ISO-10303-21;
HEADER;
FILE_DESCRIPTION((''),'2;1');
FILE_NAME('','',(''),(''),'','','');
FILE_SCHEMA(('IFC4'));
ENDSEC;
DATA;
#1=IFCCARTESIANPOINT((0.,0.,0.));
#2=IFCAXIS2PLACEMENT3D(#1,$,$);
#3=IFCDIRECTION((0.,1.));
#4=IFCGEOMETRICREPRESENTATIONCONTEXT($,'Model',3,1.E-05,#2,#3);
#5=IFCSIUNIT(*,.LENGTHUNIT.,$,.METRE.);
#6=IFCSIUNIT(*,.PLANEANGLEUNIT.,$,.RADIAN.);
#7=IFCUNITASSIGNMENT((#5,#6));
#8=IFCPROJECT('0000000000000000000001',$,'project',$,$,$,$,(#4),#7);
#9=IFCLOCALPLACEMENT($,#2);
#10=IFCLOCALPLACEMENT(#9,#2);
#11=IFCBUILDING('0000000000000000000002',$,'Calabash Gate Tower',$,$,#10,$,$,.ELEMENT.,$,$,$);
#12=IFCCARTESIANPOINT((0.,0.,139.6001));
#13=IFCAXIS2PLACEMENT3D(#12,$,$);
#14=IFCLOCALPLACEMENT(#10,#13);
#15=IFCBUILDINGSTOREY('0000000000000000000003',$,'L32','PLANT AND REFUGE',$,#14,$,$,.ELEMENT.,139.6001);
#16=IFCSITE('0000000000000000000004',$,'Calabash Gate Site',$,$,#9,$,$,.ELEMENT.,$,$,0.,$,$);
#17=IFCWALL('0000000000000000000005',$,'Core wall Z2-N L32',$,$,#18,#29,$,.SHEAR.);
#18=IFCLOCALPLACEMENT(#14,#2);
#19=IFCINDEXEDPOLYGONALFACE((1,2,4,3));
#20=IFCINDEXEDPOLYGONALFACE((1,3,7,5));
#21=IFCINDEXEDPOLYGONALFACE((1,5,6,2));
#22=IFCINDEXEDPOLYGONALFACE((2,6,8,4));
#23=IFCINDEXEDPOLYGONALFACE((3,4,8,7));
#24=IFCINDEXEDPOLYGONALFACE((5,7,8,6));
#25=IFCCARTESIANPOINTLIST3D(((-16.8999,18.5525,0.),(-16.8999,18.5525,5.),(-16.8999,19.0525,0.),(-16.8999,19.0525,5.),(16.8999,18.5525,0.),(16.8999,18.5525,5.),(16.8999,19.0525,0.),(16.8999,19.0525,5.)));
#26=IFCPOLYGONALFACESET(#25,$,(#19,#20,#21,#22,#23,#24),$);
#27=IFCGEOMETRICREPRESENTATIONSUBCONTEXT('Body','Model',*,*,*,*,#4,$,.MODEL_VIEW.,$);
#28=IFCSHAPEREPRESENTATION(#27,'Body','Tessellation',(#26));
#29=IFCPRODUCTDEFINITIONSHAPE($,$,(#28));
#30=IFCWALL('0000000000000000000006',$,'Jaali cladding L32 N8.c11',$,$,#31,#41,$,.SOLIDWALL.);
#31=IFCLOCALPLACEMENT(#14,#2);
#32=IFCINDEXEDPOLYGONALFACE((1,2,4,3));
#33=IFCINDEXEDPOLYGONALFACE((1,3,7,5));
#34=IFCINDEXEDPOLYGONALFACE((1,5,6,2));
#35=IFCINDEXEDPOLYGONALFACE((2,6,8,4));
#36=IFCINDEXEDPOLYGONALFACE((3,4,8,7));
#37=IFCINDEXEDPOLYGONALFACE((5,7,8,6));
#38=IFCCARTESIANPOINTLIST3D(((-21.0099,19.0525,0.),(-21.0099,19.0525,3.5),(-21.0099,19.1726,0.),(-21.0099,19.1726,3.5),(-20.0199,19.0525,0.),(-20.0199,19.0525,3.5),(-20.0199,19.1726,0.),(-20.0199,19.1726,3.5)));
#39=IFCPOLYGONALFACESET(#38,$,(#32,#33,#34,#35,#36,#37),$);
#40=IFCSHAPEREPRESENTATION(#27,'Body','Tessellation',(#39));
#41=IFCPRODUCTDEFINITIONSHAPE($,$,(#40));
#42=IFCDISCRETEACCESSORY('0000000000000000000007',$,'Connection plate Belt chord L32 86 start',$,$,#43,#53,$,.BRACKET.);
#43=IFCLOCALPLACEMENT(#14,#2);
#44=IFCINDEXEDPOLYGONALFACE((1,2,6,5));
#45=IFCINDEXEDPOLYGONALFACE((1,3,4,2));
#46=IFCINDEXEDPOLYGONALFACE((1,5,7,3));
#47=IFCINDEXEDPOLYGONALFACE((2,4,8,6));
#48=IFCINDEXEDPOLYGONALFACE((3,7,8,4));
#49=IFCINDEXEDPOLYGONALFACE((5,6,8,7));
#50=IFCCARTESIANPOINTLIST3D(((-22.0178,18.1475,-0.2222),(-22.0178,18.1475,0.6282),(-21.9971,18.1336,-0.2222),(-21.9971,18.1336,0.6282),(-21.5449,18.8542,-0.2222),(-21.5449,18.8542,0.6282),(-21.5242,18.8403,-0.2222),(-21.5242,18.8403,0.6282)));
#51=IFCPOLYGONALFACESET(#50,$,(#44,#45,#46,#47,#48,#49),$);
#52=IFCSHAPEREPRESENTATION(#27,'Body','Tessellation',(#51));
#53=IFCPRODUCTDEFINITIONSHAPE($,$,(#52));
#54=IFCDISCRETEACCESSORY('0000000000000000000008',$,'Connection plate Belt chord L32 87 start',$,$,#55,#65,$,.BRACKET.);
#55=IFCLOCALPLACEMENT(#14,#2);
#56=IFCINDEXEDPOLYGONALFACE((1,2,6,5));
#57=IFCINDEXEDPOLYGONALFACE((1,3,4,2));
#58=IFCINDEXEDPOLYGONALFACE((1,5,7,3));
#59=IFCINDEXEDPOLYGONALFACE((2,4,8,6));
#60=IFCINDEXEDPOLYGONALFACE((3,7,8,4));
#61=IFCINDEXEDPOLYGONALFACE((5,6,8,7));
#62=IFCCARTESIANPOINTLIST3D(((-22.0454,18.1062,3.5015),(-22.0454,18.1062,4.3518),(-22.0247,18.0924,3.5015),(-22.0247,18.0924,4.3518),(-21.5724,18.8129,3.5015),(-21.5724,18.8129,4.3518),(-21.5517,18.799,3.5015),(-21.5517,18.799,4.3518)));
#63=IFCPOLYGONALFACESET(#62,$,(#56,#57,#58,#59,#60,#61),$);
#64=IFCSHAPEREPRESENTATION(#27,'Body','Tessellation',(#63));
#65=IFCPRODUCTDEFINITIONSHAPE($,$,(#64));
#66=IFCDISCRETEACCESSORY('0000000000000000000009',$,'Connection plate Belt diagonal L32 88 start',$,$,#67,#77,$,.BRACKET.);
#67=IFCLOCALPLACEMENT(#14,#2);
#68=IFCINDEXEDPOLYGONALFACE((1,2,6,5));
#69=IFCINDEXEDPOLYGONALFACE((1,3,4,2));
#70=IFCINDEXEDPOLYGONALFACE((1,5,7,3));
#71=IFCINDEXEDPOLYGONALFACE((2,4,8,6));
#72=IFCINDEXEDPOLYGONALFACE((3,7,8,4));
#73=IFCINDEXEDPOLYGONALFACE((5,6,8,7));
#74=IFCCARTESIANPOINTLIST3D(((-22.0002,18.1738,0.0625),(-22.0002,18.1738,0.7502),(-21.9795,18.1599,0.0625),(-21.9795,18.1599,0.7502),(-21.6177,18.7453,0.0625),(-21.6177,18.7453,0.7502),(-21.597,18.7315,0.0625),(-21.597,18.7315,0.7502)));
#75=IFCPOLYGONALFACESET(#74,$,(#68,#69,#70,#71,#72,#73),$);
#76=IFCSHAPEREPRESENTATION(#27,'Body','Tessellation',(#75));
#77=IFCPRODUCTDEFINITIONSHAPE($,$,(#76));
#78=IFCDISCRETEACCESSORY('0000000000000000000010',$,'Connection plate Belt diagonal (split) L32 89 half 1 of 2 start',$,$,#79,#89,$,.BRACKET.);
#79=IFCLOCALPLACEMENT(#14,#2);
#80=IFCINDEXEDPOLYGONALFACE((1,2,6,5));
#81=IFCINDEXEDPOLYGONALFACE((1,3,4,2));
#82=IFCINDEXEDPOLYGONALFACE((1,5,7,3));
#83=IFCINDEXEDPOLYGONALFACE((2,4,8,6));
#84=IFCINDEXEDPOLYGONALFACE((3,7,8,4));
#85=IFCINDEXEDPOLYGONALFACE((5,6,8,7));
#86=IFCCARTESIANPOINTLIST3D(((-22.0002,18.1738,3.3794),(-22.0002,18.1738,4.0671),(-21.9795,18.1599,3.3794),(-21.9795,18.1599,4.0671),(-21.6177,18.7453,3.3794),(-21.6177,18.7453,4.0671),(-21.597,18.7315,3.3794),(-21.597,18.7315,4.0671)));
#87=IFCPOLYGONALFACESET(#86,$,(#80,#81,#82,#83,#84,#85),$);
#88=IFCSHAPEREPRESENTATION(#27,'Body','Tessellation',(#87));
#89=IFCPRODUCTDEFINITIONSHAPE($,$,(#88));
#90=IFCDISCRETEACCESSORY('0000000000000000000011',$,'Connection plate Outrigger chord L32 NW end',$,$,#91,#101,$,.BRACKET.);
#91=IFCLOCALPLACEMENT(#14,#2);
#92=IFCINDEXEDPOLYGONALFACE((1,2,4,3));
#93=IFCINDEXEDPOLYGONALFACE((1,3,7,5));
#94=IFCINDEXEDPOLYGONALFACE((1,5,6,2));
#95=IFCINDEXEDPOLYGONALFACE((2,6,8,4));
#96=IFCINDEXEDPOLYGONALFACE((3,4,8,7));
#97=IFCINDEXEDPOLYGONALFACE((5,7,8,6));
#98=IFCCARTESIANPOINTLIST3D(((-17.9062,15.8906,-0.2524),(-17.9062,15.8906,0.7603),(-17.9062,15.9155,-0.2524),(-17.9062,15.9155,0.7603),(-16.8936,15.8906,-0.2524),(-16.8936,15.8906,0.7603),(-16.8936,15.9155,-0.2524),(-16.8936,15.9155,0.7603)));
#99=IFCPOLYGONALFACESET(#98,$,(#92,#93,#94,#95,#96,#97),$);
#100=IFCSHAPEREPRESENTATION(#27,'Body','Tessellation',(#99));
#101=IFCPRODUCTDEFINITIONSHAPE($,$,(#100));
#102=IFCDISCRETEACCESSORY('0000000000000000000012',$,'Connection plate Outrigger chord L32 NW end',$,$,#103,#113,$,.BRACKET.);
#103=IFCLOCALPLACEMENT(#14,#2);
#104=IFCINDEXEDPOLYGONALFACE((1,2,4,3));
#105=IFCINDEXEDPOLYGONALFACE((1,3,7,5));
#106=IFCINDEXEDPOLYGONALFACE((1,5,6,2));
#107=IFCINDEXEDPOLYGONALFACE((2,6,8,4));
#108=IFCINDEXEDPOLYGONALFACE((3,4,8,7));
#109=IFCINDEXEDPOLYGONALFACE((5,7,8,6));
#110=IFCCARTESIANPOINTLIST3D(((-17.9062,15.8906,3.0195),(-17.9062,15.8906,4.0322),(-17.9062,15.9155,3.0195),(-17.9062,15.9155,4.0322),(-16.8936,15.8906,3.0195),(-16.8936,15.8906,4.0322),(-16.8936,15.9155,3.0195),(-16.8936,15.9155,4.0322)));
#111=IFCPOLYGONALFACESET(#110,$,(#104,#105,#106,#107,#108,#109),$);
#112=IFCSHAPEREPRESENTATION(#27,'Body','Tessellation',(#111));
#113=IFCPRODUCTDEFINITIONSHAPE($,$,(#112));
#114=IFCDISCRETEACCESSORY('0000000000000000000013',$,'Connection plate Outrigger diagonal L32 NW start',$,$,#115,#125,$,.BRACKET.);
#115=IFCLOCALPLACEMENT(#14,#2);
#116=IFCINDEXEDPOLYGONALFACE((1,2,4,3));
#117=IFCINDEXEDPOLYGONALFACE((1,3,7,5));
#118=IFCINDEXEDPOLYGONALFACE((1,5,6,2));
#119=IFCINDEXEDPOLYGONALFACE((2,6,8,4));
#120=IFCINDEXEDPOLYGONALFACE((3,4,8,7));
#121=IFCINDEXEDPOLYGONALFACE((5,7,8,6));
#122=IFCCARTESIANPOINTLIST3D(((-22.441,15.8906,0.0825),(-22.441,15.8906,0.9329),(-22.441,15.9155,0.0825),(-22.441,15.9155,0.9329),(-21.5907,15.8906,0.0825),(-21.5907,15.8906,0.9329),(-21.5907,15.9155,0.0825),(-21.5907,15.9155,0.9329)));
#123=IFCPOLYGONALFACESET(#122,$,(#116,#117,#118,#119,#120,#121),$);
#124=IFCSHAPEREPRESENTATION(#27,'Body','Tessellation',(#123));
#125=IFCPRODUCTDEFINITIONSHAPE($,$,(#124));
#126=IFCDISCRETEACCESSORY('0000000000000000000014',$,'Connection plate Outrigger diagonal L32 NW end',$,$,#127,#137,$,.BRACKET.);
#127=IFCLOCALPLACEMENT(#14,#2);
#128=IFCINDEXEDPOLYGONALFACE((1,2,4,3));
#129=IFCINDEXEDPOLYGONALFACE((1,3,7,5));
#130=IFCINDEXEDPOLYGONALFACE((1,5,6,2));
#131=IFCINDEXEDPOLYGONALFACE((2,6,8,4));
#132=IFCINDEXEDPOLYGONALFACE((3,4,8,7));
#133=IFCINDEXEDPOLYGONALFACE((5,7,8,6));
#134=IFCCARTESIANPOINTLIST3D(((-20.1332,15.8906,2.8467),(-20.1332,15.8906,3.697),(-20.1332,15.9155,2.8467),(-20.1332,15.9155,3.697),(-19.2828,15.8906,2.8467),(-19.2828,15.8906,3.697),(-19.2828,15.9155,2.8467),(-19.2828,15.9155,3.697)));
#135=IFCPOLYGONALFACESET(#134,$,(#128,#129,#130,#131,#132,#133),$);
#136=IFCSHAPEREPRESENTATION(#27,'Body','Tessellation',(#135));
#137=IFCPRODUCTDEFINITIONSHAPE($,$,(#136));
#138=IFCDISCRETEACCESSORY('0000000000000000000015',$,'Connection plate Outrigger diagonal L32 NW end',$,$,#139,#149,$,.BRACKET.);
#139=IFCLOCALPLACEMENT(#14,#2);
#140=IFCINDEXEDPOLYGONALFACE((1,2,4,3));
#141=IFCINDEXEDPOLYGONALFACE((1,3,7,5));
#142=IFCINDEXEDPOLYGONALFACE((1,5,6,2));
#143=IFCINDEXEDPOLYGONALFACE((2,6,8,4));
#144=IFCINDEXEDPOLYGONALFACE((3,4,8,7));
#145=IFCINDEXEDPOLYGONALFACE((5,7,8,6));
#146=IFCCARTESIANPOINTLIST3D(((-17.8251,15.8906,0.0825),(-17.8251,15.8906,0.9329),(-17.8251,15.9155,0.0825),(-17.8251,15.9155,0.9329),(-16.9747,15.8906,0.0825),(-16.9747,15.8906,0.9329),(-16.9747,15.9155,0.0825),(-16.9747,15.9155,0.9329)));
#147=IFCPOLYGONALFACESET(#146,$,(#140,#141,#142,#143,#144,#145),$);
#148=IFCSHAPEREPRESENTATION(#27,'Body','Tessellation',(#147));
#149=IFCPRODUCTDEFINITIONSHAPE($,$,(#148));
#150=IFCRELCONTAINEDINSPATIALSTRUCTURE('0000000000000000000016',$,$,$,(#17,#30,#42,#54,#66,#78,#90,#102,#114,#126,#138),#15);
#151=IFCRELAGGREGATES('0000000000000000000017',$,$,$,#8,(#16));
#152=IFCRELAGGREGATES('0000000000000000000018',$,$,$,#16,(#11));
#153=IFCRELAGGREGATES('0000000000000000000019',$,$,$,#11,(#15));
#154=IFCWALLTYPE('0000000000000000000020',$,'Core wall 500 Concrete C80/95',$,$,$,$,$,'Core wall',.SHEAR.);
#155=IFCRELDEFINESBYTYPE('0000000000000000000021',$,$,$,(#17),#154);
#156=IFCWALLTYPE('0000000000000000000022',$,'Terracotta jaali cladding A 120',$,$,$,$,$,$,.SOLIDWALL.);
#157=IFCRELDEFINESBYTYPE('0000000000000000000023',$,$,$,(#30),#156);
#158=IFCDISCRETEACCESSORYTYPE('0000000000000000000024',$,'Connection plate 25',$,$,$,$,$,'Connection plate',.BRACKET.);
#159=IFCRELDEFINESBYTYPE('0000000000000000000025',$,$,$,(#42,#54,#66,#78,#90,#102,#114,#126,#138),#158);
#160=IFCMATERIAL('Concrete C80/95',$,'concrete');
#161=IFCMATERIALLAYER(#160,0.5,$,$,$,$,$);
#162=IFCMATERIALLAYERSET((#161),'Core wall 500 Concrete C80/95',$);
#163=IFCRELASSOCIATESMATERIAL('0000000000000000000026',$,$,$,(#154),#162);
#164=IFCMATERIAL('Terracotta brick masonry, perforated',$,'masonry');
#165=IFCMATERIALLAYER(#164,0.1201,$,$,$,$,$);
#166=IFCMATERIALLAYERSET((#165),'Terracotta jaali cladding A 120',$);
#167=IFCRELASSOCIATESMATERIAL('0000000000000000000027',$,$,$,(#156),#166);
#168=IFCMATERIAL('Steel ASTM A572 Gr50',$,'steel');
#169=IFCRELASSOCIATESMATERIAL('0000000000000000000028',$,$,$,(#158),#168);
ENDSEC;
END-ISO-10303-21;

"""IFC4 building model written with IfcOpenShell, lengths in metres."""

from ifc_helpers import new_model, si_unit, direction, frame, frame_2d, origin, origin_2d, place, context, subcontext, project, spatial, rectangle, extrude, material, layer, layer_set, type_object, element, save


model = new_model("IFC4")

# Units and contexts
model_context = context("Model", 3, precision=1e-05, world=origin(), true_north=direction((0.0, 1.0)))
body_context = subcontext(model_context, "Body", "Model", "MODEL_VIEW")
ifc_project = project(units=[si_unit("LENGTHUNIT", "METRE"), si_unit("PLANEANGLEUNIT", "RADIAN")], contexts=[model_context])

# Site, building, storey
site_placement = place(None, origin())
site = spatial("IfcSite", under=ifc_project, at=site_placement, Name="Calabash Gate Site", CompositionType="ELEMENT", RefElevation=0.0)
building_placement = place(site_placement, origin())
building = spatial("IfcBuilding", under=site, at=building_placement, Name="Calabash Gate Tower", CompositionType="ELEMENT")
storey_placement = place(building_placement, frame((0.0, 0.0, 139.6001)))
storey = spatial("IfcBuildingStorey", under=building, at=storey_placement, Name="L32", Description="PLANT AND REFUGE", CompositionType="ELEMENT", Elevation=139.6001)

# Walls
ifc_material_1 = material(Name="Concrete C80/95", Category="concrete")
ifc_layer_1 = layer(ifc_material_1, 0.5)
ifc_layer_set_1 = layer_set([ifc_layer_1], Name="Core wall 500 Concrete C80/95")
wall_type_1 = type_object("IfcWallType", Name="Core wall 500 Concrete C80/95", ElementType="Core wall", PredefinedType="SHEAR", material=ifc_layer_set_1)
wall_1_placement = place(storey_placement, frame((-16.8999, 18.8025, 0.0), z_axis=(0.0, 0.0, 1.0), x_axis=(1.0, 0.0, 0.0)))
element("IfcWall", 1, at=wall_1_placement, inside=storey, type_object=wall_type_1, Name="Core wall Z2-N L32", PredefinedType="SHEAR", context=body_context, shape_type="SweptSolid", body=[
    extrude(rectangle(XDim=33.7998, YDim=0.5, at=frame_2d((16.8999, 0.0))), origin(), (0.0, 0.0, 1.0), 5.0),
])
ifc_material_2 = material(Name="Terracotta brick masonry, perforated", Category="masonry")
ifc_layer_2 = layer(ifc_material_2, 0.1201)
ifc_layer_set_2 = layer_set([ifc_layer_2], Name="Terracotta jaali cladding A 120")
wall_type_2 = type_object("IfcWallType", Name="Terracotta jaali cladding A 120", PredefinedType="SOLIDWALL", material=ifc_layer_set_2)
wall_2_placement = place(storey_placement, frame((-21.01, 19.1125, 0.0), z_axis=(0.0, 0.0, 1.0), x_axis=(1.0, 0.0, 0.0)))
element("IfcWall", 2, at=wall_2_placement, inside=storey, type_object=wall_type_2, Name="Jaali cladding L32 N8.c11", PredefinedType="SOLIDWALL", context=body_context, shape_type="SweptSolid", body=[
    extrude(rectangle(XDim=0.99, YDim=0.1201, at=frame_2d((0.4951, 0.0))), origin(), (0.0, 0.0, 1.0), 3.5),
])

# Discrete accessories
ifc_material_3 = material(Name="Steel ASTM A572 Gr50", Category="steel")
discrete_accessory_type = type_object("IfcDiscreteAccessoryType", Name="Connection plate 25", ElementType="Connection plate", PredefinedType="BRACKET", material=ifc_material_3)
for number, where, z_axis, x_axis, name in (
    (3, (-21.771, 18.4939, -0.2222), (0.0, 0.0, 1.0), (-0.556176, -0.831064, 0.0), "Connection plate Belt chord L32 86 start"),
    (4, (-21.7986, 18.4526, 3.5015), (0.0, 0.0, 1.0), (-0.556242, -0.83102, 0.0), "Connection plate Belt chord L32 87 start"),
):
    element("IfcDiscreteAccessory", number, at=place(storey_placement, frame(where, z_axis=z_axis, x_axis=x_axis)), inside=storey, type_object=discrete_accessory_type, Name=name, PredefinedType="BRACKET", context=body_context, shape_type="SweptSolid", body=[
        extrude(rectangle(XDim=0.8503, YDim=0.0249, at=origin_2d()), origin(), (0.0, 0.0, 1.0), 0.8503),
    ])
for number, where, z_axis, x_axis, name in (
    (5, (-21.7986, 18.4526, 0.0625), (0.0, 0.0, 1.0), (-0.556242, -0.83102, 0.0), "Connection plate Belt diagonal L32 88 start"),
    (6, (-21.7986, 18.4526, 3.3794), (0.0, 0.0, 1.0), (-0.556242, -0.83102, 0.0), "Connection plate Belt diagonal (split) L32 89 half 1 of 2 start"),
):
    element("IfcDiscreteAccessory", number, at=place(storey_placement, frame(where, z_axis=z_axis, x_axis=x_axis)), inside=storey, type_object=discrete_accessory_type, Name=name, PredefinedType="BRACKET", context=body_context, shape_type="SweptSolid", body=[
        extrude(rectangle(XDim=0.6877, YDim=0.0249, at=origin_2d()), origin(), (0.0, 0.0, 1.0), 0.6877),
    ])
for number, where, z_axis, x_axis, name in (
    (7, (-17.3999, 15.9031, -0.2524), (0.0, 0.0, 1.0), (1.0, 0.0, 0.0), "Connection plate Outrigger chord L32 NW end"),
    (8, (-17.3999, 15.9031, 3.0195), (0.0, 0.0, 1.0), (1.0, 0.0, 0.0), "Connection plate Outrigger chord L32 NW end"),
):
    element("IfcDiscreteAccessory", number, at=place(storey_placement, frame(where, z_axis=z_axis, x_axis=x_axis)), inside=storey, type_object=discrete_accessory_type, Name=name, PredefinedType="BRACKET", context=body_context, shape_type="SweptSolid", body=[
        extrude(rectangle(XDim=1.0127, YDim=0.0249, at=origin_2d()), origin(), (0.0, 0.0, 1.0), 1.0127),
    ])
for number, where, z_axis, x_axis, name in (
    (9, (-22.0159, 15.9031, 0.0825), (0.0, 0.0, 1.0), (1.0, 0.0, 0.0), "Connection plate Outrigger diagonal L32 NW start"),
    (10, (-19.708, 15.9031, 2.8467), (0.0, 0.0, 1.0), (1.0, 0.0, 0.0), "Connection plate Outrigger diagonal L32 NW end"),
    (11, (-17.3999, 15.9031, 0.0825), (0.0, 0.0, 1.0), (1.0, 0.0, 0.0), "Connection plate Outrigger diagonal L32 NW end"),
):
    element("IfcDiscreteAccessory", number, at=place(storey_placement, frame(where, z_axis=z_axis, x_axis=x_axis)), inside=storey, type_object=discrete_accessory_type, Name=name, PredefinedType="BRACKET", context=body_context, shape_type="SweptSolid", body=[
        extrude(rectangle(XDim=0.8503, YDim=0.0249, at=origin_2d()), origin(), (0.0, 0.0, 1.0), 0.8503),
    ])

save(model, "model.ifc")
